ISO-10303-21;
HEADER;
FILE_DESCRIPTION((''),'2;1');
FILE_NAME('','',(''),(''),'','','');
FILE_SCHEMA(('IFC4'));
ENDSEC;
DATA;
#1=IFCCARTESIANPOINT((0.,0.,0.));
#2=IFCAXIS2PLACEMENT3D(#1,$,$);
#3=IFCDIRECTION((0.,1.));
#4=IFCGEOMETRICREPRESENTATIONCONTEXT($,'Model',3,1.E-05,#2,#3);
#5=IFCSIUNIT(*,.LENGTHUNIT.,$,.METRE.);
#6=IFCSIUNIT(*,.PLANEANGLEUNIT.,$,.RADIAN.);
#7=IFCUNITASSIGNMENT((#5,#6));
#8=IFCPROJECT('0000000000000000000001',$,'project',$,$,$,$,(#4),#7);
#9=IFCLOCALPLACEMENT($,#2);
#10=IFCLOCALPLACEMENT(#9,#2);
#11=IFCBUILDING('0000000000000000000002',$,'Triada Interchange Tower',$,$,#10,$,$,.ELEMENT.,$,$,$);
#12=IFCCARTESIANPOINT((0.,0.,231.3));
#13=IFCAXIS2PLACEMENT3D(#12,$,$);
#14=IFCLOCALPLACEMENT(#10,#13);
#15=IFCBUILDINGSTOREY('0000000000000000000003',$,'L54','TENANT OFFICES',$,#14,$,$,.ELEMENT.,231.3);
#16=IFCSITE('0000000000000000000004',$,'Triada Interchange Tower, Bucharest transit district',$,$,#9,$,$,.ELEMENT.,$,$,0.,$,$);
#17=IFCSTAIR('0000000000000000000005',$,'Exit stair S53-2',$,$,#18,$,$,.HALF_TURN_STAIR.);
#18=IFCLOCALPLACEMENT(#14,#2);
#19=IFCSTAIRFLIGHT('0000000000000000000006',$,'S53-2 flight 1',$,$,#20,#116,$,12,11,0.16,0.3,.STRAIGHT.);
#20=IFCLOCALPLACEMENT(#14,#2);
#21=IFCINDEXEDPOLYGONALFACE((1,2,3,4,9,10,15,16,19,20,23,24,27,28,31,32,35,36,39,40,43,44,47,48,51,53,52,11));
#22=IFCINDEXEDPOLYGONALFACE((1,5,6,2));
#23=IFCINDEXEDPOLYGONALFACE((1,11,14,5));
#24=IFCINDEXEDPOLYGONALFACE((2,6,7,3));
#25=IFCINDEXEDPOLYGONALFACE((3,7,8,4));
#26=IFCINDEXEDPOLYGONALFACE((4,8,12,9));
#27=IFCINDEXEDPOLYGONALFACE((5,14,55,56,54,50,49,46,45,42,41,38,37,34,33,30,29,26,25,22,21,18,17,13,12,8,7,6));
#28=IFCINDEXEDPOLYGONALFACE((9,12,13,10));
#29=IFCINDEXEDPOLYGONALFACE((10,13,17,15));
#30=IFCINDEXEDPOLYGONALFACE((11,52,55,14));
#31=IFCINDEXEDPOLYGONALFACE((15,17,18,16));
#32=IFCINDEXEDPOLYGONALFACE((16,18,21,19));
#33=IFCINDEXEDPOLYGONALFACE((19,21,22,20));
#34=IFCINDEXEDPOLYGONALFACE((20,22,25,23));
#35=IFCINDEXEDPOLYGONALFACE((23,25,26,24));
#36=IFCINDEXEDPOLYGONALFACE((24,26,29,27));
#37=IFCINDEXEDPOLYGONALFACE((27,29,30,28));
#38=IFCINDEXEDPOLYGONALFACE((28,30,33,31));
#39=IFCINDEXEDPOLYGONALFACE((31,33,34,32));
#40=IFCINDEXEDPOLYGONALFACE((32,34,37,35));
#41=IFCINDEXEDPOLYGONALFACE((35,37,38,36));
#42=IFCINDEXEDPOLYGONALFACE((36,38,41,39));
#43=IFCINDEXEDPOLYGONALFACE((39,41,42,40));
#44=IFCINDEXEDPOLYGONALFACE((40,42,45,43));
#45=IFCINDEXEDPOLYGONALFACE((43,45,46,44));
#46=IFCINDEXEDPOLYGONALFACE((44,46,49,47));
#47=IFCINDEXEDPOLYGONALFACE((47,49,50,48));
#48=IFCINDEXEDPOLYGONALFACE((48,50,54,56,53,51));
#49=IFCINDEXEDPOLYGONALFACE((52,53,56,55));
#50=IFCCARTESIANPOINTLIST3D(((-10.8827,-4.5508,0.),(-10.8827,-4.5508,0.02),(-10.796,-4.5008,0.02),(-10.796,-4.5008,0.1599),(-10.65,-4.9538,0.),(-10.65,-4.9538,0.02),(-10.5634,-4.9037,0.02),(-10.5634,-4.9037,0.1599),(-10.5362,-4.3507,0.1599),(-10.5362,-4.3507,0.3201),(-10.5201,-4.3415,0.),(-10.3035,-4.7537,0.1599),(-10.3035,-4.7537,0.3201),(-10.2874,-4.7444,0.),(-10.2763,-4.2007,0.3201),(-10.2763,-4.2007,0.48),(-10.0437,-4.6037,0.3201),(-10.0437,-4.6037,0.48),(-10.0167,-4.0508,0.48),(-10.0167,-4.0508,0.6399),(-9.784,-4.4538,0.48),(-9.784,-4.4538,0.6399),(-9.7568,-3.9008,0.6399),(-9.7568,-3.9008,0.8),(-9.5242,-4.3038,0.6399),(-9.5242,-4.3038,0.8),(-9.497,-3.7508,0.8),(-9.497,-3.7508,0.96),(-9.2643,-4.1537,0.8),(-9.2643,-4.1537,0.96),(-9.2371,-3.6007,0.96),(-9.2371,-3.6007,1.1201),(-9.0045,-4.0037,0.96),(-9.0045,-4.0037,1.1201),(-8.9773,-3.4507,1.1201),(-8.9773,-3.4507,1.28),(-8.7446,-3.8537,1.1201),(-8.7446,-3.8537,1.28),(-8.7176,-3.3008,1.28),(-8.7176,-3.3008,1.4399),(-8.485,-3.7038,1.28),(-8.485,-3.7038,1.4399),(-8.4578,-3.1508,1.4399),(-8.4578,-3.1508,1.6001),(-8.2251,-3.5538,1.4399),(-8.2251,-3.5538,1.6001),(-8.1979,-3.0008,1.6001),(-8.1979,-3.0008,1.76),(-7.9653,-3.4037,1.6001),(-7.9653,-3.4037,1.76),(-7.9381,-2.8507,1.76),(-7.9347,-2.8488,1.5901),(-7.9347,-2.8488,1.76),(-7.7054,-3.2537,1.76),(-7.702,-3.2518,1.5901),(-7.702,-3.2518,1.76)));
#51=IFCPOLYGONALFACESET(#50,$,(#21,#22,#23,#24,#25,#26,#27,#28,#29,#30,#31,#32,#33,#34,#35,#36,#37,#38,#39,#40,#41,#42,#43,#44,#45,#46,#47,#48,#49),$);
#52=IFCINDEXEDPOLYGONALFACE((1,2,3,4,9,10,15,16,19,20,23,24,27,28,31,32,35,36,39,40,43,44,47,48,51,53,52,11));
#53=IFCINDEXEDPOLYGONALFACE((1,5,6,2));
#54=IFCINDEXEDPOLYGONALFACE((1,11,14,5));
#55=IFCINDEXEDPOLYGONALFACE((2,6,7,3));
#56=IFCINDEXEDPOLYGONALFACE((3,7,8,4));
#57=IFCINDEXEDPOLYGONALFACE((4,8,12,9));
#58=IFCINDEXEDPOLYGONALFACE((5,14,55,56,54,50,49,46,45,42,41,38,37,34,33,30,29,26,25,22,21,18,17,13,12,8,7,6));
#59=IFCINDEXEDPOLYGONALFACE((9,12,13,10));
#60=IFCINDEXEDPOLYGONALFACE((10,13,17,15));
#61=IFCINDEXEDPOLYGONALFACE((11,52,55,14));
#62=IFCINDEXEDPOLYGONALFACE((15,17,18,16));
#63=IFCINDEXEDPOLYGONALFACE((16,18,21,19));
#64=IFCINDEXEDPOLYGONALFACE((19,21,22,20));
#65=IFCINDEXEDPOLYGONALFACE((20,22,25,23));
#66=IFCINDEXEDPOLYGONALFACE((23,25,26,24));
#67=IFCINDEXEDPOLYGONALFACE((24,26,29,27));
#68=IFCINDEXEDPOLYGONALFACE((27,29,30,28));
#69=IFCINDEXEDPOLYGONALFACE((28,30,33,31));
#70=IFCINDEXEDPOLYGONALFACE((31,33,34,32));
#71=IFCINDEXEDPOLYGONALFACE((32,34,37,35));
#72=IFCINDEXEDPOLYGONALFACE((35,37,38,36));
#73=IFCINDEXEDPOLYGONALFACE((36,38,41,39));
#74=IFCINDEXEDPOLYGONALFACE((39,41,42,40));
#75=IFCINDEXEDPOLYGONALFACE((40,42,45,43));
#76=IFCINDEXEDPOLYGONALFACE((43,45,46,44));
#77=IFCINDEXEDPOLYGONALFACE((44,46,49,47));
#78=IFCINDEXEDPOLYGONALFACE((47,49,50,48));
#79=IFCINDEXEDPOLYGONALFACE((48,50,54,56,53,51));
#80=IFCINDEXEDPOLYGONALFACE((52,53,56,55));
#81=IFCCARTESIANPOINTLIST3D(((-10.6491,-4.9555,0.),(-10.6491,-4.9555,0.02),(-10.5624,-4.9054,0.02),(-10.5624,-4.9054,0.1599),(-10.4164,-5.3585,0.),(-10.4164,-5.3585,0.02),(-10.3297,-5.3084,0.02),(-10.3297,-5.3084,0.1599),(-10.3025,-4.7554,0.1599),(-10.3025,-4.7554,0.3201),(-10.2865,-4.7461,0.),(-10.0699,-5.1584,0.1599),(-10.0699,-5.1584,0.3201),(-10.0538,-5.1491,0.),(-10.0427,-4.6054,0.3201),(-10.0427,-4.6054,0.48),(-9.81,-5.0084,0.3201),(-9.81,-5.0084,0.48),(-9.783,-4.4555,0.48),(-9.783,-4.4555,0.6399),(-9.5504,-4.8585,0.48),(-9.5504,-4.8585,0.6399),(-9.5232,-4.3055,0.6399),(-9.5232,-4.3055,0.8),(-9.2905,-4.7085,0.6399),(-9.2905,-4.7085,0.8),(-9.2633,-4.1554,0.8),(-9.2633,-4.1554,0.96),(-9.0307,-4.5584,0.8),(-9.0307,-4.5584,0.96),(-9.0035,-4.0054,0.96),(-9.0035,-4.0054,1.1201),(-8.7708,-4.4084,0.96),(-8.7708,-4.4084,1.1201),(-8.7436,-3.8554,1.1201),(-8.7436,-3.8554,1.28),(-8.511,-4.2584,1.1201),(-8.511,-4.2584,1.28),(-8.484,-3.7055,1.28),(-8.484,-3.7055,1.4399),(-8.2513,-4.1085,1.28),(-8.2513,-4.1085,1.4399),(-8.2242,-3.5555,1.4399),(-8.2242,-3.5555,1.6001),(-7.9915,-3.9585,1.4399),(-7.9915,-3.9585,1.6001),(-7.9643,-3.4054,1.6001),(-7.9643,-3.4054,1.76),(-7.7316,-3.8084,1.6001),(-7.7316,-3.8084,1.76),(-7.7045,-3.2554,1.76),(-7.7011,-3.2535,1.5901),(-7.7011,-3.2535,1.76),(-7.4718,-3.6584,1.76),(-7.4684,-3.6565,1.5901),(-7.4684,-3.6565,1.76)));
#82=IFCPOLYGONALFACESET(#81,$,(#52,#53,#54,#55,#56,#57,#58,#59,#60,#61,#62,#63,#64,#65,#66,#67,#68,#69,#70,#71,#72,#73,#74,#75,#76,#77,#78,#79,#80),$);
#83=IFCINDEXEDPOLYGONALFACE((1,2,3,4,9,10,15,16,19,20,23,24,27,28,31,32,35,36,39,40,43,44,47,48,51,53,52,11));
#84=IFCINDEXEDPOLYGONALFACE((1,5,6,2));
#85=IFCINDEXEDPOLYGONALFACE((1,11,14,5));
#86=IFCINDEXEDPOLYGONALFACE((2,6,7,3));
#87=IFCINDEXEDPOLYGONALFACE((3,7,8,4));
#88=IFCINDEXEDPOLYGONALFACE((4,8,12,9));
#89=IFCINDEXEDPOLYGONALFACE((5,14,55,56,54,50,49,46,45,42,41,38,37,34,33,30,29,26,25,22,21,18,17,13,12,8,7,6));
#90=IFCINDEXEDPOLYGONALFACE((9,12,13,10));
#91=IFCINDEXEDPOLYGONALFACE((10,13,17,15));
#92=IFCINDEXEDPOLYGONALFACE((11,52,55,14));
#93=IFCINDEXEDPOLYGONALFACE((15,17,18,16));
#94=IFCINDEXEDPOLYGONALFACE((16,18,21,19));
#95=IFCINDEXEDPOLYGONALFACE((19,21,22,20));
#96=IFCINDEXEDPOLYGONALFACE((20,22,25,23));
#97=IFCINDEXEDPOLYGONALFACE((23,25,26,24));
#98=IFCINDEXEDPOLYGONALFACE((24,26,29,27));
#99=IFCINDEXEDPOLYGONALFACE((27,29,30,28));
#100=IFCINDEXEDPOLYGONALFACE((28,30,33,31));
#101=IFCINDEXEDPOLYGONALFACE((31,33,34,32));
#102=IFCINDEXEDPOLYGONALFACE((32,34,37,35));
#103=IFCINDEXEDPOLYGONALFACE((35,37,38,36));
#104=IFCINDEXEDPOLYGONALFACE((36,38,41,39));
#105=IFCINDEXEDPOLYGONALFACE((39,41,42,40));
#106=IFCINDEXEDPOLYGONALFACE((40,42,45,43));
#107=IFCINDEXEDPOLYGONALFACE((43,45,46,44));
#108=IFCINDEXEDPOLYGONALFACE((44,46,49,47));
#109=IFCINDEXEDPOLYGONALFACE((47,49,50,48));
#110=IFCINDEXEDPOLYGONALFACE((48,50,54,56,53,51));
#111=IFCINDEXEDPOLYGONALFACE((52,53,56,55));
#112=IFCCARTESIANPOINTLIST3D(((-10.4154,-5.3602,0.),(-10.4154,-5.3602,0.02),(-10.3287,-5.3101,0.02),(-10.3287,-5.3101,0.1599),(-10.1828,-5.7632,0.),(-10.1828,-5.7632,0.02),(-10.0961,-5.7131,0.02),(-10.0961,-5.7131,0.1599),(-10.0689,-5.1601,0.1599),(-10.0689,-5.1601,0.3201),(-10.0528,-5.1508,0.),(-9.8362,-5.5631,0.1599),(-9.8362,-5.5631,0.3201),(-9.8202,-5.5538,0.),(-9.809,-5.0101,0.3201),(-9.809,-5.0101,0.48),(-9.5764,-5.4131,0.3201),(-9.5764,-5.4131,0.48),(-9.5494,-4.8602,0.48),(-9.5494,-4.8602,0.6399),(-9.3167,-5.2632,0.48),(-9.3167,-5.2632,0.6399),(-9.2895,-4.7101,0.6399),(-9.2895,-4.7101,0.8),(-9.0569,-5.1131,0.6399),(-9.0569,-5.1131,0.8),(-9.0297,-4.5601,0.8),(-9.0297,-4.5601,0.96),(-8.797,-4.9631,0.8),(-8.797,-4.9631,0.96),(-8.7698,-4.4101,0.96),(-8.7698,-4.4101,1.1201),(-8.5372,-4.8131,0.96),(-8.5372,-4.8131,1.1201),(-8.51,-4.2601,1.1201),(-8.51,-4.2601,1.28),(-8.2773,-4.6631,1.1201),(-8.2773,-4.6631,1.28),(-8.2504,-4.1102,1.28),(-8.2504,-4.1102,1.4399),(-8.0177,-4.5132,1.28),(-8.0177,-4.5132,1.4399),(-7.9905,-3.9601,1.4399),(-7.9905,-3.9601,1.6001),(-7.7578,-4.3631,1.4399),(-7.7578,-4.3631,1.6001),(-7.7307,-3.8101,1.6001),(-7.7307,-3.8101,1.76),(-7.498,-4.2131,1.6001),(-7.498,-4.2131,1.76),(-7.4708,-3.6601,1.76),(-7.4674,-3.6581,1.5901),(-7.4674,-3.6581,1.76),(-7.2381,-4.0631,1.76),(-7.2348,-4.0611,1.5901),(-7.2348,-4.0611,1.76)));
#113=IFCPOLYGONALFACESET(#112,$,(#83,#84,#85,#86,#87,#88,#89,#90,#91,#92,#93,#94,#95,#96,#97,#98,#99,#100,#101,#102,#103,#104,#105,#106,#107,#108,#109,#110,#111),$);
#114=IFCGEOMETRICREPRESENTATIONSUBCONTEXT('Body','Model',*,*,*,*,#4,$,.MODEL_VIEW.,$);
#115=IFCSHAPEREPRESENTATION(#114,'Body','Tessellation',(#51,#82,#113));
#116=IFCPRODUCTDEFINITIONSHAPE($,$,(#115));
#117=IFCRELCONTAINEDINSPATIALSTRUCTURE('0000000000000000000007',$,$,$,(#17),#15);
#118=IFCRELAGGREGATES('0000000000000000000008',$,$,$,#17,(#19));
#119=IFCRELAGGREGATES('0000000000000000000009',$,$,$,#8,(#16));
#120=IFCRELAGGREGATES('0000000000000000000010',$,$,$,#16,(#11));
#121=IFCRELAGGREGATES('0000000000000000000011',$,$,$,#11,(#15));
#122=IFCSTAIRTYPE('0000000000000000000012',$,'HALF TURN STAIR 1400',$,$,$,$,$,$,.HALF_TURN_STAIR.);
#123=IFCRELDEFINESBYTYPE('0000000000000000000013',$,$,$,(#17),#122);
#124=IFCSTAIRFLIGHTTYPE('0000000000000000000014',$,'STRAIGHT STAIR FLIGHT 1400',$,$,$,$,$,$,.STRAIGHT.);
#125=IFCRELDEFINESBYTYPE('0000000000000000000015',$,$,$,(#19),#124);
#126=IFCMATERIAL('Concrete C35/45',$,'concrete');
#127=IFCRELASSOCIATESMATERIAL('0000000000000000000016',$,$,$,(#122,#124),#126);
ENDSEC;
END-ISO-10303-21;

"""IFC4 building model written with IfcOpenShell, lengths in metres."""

from ifc_helpers import new_model, si_unit, direction, frame, origin, place, context, subcontext, project, spatial, polyline, outline, extrude, material, type_object, element, aggregate, save


model = new_model("IFC4")

# Units and contexts
model_context = context("Model", 3, precision=1e-05, world=origin(), true_north=direction((0.0, 1.0)))
body_context = subcontext(model_context, "Body", "Model", "MODEL_VIEW")
ifc_project = project(units=[si_unit("LENGTHUNIT", "METRE"), si_unit("PLANEANGLEUNIT", "RADIAN")], contexts=[model_context])

# Site, building, storey
site_placement = place(None, origin())
site = spatial("IfcSite", under=ifc_project, at=site_placement, Name="Triada Interchange Tower, Bucharest transit district", CompositionType="ELEMENT", RefElevation=0.0)
building_placement = place(site_placement, origin())
building = spatial("IfcBuilding", under=site, at=building_placement, Name="Triada Interchange Tower", CompositionType="ELEMENT")
storey_placement = place(building_placement, frame((0.0, 0.0, 231.3)))
storey = spatial("IfcBuildingStorey", under=building, at=storey_placement, Name="L54", Description="TENANT OFFICES", CompositionType="ELEMENT", Elevation=231.3)

# Stair, stair flight
ifc_material_1 = material(Name="Concrete C35/45", Category="concrete")
stair_type = type_object("IfcStairType", Name="HALF TURN STAIR 1400", PredefinedType="HALF_TURN_STAIR", material=ifc_material_1)
stair_placement = place(storey_placement, origin())
stair = element("IfcStair", 1, at=stair_placement, inside=storey, type_object=stair_type, Name="Exit stair S53-2", PredefinedType="HALF_TURN_STAIR")
stair_flight_type = type_object("IfcStairFlightType", Name="STRAIGHT STAIR FLIGHT 1400", PredefinedType="STRAIGHT", material=ifc_material_1)
stair_flight_1_placement = place(storey_placement, frame((-10.446, -5.1069, 0.0), z_axis=(0.0, 0.0, 1.0), x_axis=(0.866025, 0.5, 0.0)))
stair_flight_1 = element("IfcStairFlight", 2, at=stair_flight_1_placement, type_object=stair_flight_type, Name="S53-2 flight 1", NumberOfRisers=12, NumberOfTreads=11, PredefinedType="STRAIGHT", RiserHeight=0.16, TreadLength=0.3, context=body_context, shape_type="SweptSolid", body=[
    extrude(outline(polyline([(-0.1001, 0.0), (-0.1001, 0.02), (0.0, 0.02), (0.0, 0.1599), (0.3, 0.1599), (0.3, 0.3201), (0.6001, 0.3201), (0.6001, 0.48), (0.8999, 0.48), (0.8999, 0.6399), (1.2, 0.6399), (1.2, 0.8), (1.5, 0.8), (1.5, 0.96), (1.8, 0.96), (1.8, 1.1201), (2.1001, 1.1201), (2.1001, 1.28), (2.3999, 1.28), (2.3999, 1.4399), (2.7, 1.4399), (2.7, 1.6001), (3.0, 1.6001), (3.0, 1.76), (3.3, 1.76), (3.304, 1.76), (3.304, 1.9199), (3.304, 1.5901), (0.3186, 0.0), (-0.1001, 0.0)])), frame((0.0, 0.7, 0.0), z_axis=(0.0, -1.0, 0.0), x_axis=(1.0, 0.0, 0.0)), (0.0, 0.0, 1.0), 0.4653),
    extrude(outline(polyline([(-0.1001, 0.0), (-0.1001, 0.02), (0.0, 0.02), (0.0, 0.1599), (0.3, 0.1599), (0.3, 0.3201), (0.6001, 0.3201), (0.6001, 0.48), (0.8999, 0.48), (0.8999, 0.6399), (1.2, 0.6399), (1.2, 0.8), (1.5, 0.8), (1.5, 0.96), (1.8, 0.96), (1.8, 1.1201), (2.1001, 1.1201), (2.1001, 1.28), (2.3999, 1.28), (2.3999, 1.4399), (2.7, 1.4399), (2.7, 1.6001), (3.0, 1.6001), (3.0, 1.76), (3.3, 1.76), (3.304, 1.76), (3.304, 1.9199), (3.304, 1.5901), (0.3186, 0.0), (-0.1001, 0.0)])), frame((0.0, 0.2327, 0.0), z_axis=(0.0, -1.0, 0.0), x_axis=(1.0, 0.0, 0.0)), (0.0, 0.0, 1.0), 0.4653),
    extrude(outline(polyline([(-0.1001, 0.0), (-0.1001, 0.02), (0.0, 0.02), (0.0, 0.1599), (0.3, 0.1599), (0.3, 0.3201), (0.6001, 0.3201), (0.6001, 0.48), (0.8999, 0.48), (0.8999, 0.6399), (1.2, 0.6399), (1.2, 0.8), (1.5, 0.8), (1.5, 0.96), (1.8, 0.96), (1.8, 1.1201), (2.1001, 1.1201), (2.1001, 1.28), (2.3999, 1.28), (2.3999, 1.4399), (2.7, 1.4399), (2.7, 1.6001), (3.0, 1.6001), (3.0, 1.76), (3.3, 1.76), (3.304, 1.76), (3.304, 1.9199), (3.304, 1.5901), (0.3186, 0.0), (-0.1001, 0.0)])), frame((0.0, -0.2346, 0.0), z_axis=(0.0, -1.0, 0.0), x_axis=(1.0, 0.0, 0.0)), (0.0, 0.0, 1.0), 0.4653),
])

aggregate(stair, [stair_flight_1])

save(model, "model.ifc")
